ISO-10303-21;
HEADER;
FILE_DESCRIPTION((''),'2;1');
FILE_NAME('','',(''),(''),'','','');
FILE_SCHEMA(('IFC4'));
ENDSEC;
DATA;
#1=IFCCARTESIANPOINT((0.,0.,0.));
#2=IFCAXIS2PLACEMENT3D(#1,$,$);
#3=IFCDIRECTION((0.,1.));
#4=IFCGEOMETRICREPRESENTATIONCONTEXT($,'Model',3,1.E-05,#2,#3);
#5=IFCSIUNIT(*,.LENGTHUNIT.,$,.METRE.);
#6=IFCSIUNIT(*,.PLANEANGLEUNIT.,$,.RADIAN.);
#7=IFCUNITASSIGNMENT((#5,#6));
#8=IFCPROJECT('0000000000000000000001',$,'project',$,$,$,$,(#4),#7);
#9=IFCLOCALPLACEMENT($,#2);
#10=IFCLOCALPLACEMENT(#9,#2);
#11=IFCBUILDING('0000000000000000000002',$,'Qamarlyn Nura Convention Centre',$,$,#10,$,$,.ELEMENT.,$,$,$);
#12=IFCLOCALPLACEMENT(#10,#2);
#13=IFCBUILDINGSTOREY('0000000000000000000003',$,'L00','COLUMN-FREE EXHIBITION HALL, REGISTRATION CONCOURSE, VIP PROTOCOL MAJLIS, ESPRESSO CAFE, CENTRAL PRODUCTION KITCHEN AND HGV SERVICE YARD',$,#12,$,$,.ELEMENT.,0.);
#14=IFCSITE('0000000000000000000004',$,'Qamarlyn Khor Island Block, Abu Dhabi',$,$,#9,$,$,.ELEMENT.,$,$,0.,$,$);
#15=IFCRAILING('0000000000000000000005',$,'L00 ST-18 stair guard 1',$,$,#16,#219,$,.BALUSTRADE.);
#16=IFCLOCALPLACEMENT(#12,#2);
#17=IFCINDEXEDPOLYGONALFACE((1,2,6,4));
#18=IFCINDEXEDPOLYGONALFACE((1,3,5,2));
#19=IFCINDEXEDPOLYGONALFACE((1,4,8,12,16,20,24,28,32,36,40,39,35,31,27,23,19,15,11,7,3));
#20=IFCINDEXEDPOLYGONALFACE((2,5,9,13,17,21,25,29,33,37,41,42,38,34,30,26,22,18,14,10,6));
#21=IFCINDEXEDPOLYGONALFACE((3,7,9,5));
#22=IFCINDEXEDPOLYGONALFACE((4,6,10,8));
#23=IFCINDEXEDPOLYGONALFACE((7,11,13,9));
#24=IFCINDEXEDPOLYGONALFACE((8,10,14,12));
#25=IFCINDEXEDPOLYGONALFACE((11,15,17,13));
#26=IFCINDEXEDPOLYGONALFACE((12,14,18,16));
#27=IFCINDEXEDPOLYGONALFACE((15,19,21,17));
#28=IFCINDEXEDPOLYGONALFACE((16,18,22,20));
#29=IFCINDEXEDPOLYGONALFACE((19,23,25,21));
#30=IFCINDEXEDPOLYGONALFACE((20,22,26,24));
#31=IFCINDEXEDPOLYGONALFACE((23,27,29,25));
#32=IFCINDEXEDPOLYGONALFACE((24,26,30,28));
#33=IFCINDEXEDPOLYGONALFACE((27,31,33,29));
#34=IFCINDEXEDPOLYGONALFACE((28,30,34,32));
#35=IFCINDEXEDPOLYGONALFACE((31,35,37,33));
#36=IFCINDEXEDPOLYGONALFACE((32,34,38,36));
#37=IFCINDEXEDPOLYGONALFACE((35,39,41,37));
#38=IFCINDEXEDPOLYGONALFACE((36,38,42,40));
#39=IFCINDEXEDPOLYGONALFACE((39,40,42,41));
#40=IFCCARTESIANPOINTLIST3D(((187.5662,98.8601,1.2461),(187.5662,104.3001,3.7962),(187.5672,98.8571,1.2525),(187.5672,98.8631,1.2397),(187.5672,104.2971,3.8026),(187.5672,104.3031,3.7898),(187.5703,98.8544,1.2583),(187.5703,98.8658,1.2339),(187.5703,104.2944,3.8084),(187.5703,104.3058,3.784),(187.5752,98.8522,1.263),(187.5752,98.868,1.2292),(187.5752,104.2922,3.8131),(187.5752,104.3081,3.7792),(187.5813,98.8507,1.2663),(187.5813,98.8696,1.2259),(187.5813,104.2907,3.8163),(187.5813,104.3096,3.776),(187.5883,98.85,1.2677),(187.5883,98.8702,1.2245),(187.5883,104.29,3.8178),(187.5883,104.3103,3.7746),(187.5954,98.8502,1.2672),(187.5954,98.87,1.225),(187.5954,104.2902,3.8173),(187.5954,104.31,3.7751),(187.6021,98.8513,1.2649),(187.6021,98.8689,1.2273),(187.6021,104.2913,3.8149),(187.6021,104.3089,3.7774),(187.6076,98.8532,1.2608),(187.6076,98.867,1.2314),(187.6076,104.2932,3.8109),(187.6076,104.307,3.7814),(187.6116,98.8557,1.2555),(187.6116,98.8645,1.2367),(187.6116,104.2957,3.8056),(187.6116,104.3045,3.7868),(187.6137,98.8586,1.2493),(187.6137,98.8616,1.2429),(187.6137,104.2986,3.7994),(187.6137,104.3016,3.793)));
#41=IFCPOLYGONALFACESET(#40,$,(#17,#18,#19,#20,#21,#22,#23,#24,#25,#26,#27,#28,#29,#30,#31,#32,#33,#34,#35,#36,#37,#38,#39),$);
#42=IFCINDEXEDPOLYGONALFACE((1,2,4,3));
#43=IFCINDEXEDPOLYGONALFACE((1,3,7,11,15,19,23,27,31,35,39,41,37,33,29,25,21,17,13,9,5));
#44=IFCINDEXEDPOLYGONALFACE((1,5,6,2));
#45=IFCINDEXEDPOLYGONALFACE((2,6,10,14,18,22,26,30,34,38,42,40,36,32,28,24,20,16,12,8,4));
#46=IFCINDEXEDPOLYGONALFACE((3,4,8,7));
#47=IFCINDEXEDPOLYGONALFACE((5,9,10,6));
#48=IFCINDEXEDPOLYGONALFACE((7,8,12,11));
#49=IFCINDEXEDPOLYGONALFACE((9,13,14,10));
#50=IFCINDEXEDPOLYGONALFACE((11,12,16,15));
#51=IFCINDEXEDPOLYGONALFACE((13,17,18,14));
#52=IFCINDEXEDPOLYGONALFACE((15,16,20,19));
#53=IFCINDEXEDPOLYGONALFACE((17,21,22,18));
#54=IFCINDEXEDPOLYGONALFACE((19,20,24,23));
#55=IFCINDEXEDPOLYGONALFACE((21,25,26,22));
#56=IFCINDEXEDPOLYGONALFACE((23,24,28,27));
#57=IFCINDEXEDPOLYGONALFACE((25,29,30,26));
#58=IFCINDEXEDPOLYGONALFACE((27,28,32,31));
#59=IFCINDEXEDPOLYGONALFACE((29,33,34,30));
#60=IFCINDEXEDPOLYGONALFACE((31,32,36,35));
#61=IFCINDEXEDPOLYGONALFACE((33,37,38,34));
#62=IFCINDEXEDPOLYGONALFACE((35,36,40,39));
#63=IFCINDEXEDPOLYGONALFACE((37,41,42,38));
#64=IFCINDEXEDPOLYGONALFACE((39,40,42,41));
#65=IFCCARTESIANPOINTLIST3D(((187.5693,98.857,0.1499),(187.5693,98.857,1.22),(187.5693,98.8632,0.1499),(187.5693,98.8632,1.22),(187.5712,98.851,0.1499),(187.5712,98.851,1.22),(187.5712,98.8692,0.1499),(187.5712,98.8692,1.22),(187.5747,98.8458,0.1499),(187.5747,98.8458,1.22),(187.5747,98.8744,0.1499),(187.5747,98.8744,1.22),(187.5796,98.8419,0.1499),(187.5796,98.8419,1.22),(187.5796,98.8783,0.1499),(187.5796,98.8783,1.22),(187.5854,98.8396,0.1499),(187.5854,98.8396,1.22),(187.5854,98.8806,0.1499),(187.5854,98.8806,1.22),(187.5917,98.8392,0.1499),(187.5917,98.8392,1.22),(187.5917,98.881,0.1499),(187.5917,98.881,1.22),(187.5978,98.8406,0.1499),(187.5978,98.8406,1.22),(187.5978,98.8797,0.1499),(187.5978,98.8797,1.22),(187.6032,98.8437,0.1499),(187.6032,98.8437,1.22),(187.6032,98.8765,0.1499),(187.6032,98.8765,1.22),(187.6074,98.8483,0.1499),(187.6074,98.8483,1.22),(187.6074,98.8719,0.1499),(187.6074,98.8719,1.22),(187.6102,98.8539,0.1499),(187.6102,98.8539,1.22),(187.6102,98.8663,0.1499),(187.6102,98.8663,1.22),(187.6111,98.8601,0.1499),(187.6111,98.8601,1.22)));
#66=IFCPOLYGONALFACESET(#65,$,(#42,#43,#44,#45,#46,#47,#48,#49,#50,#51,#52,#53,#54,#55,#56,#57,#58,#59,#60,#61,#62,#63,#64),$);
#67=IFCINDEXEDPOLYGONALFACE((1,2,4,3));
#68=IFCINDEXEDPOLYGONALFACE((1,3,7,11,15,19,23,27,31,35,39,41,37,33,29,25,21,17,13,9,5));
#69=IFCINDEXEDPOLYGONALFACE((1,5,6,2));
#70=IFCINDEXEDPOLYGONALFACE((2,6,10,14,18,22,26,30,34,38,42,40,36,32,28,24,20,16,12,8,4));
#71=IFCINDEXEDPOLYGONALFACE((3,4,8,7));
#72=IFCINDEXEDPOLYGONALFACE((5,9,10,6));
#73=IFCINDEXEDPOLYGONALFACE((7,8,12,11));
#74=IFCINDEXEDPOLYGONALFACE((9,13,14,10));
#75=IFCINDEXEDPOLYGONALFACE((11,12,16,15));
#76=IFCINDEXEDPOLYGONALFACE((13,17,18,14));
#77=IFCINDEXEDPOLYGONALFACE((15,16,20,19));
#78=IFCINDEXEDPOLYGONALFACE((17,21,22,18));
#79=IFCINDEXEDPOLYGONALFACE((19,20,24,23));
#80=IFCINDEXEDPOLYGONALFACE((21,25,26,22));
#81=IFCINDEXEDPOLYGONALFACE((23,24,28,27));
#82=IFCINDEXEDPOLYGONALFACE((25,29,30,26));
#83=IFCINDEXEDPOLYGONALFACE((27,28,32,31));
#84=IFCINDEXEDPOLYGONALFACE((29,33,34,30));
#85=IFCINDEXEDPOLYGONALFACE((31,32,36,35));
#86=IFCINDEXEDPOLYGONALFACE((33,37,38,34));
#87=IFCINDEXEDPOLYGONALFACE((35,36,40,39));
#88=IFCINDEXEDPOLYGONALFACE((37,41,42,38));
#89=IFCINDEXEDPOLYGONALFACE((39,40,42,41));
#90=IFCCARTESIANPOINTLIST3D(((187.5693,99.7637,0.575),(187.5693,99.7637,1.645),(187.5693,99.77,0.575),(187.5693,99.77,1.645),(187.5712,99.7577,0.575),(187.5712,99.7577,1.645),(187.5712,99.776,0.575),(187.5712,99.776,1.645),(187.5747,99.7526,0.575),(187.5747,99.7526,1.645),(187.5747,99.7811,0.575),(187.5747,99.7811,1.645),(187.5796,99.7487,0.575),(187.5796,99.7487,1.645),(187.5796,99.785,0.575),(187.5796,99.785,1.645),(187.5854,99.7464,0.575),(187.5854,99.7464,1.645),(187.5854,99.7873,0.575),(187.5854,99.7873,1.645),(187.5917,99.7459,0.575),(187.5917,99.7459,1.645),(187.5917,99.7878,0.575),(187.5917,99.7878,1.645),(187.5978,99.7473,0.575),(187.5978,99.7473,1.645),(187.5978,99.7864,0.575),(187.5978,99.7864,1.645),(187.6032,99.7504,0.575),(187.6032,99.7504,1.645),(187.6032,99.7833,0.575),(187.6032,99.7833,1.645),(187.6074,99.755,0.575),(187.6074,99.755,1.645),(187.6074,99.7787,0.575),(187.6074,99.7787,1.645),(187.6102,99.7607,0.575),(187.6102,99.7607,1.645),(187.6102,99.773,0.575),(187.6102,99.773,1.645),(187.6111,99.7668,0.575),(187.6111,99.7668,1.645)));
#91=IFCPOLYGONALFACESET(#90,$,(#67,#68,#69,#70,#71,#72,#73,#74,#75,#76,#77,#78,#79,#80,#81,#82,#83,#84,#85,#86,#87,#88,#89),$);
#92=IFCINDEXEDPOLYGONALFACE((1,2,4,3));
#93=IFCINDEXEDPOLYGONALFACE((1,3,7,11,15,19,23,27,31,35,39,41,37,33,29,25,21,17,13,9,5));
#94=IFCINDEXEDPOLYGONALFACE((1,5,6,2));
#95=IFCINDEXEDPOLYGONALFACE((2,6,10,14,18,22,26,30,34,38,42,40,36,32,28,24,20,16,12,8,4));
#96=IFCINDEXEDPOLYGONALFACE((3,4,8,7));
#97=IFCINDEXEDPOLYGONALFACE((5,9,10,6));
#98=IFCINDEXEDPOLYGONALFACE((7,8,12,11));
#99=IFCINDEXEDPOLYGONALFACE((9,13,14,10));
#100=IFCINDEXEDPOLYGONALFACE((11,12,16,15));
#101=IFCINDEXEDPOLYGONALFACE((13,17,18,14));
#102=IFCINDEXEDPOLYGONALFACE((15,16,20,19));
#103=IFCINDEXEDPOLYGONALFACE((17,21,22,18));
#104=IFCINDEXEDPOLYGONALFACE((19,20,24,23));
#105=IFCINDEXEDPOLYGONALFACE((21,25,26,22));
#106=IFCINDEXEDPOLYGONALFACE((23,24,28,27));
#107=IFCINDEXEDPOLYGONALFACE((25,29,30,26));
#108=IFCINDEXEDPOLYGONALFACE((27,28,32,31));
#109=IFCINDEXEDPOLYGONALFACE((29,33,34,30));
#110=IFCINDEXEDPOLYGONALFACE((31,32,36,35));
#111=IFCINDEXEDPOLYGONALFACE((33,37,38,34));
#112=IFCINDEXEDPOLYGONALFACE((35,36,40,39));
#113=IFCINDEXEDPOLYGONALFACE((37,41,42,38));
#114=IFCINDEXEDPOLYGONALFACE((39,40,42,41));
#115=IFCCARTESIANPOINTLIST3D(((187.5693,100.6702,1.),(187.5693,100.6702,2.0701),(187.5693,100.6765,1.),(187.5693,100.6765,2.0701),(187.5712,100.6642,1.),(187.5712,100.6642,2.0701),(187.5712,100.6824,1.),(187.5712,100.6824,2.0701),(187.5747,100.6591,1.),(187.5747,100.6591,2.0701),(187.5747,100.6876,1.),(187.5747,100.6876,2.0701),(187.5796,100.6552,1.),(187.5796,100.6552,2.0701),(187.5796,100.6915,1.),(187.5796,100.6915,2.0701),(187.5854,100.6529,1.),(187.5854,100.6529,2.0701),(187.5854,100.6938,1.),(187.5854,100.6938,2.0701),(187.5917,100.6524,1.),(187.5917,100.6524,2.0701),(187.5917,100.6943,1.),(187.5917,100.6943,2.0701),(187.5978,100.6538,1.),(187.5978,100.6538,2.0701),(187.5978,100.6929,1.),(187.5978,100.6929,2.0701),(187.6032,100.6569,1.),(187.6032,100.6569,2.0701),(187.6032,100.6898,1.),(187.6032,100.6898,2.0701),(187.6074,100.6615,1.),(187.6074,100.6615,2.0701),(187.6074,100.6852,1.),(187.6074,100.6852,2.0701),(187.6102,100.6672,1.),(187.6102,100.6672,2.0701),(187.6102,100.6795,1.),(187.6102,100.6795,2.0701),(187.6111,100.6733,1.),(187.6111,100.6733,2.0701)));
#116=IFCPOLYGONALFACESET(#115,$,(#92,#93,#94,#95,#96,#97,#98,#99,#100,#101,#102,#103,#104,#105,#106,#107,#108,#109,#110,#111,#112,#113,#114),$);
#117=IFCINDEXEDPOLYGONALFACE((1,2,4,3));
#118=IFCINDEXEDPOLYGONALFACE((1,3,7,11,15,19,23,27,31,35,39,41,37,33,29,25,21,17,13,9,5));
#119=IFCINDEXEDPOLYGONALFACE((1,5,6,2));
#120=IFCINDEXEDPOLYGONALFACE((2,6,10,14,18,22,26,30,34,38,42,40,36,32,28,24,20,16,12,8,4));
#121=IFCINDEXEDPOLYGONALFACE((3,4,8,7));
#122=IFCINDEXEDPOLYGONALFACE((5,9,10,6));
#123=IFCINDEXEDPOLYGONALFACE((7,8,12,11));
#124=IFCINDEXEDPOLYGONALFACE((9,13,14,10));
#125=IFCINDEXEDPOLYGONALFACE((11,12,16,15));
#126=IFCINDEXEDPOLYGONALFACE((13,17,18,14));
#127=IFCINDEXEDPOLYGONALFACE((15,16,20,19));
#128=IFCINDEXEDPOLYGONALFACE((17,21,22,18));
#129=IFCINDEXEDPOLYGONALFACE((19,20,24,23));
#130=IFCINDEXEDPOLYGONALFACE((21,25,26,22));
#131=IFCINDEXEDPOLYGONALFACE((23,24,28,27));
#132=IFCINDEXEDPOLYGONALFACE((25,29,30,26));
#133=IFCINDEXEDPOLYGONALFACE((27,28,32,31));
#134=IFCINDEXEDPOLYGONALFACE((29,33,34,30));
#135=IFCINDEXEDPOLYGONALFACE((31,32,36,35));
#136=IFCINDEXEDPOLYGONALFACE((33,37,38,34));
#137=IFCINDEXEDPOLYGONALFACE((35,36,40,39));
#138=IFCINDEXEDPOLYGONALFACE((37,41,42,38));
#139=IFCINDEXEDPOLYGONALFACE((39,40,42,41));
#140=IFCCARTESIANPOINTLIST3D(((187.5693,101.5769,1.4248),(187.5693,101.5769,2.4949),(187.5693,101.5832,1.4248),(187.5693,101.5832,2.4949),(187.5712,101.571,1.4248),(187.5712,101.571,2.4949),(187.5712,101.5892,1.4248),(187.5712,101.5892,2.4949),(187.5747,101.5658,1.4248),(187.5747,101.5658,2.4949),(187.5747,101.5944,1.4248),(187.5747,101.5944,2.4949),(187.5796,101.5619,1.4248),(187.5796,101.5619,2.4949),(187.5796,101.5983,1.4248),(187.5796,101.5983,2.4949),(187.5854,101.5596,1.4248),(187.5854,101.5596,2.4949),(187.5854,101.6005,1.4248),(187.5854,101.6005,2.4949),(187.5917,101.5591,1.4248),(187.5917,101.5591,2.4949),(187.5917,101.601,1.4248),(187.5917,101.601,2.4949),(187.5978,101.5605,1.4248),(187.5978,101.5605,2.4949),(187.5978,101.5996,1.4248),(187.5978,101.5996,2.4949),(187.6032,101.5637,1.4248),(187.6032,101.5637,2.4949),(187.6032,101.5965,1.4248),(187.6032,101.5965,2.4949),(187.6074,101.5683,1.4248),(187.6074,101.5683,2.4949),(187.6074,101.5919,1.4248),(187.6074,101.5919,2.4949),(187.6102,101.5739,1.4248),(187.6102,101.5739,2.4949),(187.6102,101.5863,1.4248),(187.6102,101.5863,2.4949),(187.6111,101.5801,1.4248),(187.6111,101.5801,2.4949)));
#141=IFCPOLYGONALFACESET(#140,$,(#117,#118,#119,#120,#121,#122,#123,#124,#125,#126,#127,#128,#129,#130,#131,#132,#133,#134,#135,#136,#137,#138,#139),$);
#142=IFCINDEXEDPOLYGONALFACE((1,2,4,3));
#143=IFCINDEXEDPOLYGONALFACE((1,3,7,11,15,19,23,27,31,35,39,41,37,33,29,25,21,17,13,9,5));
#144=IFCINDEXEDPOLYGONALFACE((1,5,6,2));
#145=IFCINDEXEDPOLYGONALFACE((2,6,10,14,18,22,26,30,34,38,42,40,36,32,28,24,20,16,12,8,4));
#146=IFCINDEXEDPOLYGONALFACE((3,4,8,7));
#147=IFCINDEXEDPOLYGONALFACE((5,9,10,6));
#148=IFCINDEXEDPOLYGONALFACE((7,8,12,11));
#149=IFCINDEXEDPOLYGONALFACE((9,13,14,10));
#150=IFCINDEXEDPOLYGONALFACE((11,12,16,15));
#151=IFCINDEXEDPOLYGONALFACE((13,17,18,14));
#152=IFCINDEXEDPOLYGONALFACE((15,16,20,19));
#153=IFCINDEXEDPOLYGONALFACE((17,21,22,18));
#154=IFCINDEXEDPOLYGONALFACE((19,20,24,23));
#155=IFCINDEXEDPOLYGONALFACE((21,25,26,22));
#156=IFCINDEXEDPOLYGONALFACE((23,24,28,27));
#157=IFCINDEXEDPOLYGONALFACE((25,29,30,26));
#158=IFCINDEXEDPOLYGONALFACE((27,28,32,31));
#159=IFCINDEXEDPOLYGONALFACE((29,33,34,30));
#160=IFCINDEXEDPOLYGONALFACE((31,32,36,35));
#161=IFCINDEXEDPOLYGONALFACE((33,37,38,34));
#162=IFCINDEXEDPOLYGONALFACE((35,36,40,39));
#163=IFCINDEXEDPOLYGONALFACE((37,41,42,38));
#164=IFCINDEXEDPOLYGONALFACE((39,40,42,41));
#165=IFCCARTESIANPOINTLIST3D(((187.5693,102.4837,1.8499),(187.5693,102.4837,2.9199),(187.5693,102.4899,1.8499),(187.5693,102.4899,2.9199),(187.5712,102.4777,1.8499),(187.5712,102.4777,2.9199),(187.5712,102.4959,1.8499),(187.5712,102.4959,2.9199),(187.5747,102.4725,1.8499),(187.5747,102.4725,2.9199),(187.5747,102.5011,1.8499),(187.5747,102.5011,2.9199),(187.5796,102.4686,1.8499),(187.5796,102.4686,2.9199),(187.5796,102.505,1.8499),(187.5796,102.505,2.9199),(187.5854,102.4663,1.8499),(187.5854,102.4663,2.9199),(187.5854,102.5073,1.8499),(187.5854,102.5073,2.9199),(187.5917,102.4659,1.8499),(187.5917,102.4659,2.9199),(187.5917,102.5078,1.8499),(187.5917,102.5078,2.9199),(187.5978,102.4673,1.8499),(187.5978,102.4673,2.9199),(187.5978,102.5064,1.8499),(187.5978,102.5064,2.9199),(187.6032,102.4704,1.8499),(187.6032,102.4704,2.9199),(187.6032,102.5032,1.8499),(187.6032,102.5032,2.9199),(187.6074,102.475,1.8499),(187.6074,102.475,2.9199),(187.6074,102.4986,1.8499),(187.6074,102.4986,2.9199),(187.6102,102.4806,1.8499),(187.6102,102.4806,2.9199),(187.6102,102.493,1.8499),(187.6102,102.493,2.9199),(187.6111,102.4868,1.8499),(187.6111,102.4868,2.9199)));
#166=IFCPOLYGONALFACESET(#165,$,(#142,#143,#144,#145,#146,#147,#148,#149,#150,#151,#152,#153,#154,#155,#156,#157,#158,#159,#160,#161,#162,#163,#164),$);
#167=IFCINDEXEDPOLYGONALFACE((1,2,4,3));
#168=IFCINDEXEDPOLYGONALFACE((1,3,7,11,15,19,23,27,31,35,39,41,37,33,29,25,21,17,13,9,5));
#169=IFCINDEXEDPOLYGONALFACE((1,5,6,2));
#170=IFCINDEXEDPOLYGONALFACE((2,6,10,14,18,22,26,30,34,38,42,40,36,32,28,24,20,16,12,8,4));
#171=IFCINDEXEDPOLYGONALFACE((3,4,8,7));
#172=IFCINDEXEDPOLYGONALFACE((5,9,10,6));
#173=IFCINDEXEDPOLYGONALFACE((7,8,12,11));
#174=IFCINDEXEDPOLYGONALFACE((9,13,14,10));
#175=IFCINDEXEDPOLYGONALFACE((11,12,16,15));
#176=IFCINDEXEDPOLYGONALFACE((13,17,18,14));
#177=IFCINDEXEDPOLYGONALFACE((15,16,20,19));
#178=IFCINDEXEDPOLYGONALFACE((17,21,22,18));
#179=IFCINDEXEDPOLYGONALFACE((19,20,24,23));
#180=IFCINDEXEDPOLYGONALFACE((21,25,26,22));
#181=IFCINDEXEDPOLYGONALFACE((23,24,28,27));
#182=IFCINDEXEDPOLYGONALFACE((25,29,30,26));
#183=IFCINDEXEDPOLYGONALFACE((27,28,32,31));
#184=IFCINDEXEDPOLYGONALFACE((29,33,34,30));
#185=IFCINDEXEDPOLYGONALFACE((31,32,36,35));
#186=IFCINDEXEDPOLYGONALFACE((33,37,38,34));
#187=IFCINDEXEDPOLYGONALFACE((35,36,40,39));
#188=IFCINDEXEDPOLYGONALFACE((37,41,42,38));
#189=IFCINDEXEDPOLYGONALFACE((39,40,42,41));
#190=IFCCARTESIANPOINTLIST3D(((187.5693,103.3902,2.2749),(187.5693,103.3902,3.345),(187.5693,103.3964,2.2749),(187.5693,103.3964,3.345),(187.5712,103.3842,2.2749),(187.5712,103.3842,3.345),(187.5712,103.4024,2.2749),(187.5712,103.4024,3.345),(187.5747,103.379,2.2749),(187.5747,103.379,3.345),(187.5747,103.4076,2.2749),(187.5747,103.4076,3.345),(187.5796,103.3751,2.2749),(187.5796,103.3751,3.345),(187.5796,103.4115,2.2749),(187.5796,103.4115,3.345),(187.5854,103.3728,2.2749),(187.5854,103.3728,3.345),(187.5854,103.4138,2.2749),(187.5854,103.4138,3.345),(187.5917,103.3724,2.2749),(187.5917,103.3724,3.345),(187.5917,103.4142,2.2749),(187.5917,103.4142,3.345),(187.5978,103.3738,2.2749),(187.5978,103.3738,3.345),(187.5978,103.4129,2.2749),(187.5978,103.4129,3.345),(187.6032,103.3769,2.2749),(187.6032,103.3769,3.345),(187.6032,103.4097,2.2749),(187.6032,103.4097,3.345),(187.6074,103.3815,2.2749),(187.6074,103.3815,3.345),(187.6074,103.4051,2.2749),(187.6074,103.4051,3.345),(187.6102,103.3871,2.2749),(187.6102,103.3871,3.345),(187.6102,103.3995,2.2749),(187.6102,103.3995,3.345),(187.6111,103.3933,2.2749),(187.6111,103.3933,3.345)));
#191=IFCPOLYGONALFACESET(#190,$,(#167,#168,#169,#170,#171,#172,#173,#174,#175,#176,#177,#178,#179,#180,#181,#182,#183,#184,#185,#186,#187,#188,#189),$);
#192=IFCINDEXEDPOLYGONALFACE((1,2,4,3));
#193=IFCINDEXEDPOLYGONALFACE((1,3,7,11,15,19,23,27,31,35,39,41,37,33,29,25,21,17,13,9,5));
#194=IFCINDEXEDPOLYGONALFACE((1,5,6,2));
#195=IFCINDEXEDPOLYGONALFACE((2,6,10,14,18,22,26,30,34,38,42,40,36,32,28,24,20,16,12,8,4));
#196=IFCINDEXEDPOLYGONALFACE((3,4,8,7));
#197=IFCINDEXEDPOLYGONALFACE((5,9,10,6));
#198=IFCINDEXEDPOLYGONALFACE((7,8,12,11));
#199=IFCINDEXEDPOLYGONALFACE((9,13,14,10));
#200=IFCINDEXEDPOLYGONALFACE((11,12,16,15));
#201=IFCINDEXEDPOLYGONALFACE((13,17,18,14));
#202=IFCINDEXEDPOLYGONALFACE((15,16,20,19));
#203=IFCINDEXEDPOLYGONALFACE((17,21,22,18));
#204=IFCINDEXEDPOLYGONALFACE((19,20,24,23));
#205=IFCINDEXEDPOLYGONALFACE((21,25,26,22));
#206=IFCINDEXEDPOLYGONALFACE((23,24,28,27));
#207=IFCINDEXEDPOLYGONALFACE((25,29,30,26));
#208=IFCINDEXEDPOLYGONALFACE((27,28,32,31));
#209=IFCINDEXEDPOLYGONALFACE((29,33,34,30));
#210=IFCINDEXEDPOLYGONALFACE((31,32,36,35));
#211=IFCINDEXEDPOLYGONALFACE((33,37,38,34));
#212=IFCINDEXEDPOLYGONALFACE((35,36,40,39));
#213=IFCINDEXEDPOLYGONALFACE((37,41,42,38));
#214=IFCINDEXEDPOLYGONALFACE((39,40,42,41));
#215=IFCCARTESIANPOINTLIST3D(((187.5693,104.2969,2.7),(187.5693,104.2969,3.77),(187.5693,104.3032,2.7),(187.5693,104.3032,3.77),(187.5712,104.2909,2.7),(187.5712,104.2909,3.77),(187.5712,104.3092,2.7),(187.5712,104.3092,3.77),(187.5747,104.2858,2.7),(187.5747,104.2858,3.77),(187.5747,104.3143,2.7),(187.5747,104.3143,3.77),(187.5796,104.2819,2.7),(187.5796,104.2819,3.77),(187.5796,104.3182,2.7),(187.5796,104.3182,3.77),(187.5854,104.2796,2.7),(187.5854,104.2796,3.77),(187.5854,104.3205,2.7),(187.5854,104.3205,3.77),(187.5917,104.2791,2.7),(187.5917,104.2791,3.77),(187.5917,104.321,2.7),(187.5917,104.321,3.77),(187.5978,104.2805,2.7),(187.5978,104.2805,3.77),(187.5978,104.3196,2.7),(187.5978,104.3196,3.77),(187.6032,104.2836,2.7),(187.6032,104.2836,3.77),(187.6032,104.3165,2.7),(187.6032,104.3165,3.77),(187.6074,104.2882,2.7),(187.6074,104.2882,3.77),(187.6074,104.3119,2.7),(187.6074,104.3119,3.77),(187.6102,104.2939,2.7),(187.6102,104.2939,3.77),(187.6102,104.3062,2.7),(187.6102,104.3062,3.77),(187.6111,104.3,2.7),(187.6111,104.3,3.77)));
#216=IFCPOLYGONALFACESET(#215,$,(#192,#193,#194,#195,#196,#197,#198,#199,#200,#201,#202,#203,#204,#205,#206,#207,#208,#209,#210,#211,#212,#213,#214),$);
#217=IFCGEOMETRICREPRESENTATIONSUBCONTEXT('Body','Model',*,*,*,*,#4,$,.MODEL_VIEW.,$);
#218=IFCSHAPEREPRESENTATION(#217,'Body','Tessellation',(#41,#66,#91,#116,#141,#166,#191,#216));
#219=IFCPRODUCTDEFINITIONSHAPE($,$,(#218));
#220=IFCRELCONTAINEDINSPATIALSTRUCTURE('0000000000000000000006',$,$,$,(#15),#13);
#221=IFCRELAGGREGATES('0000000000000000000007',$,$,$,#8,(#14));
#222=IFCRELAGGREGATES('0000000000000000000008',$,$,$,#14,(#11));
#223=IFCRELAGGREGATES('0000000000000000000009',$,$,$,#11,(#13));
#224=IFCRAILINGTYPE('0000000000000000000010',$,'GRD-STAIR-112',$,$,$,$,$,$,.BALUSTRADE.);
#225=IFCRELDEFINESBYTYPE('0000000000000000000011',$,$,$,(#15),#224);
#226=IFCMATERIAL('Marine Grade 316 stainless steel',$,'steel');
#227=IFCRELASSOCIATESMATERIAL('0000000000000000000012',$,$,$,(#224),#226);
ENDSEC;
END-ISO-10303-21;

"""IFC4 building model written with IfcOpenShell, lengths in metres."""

from ifc_helpers import new_model, si_unit, direction, frame, origin, origin_2d, place, context, subcontext, project, spatial, circle, extrude, material, type_object, element, save


model = new_model("IFC4")

# Units and contexts
model_context = context("Model", 3, precision=1e-05, world=origin(), true_north=direction((0.0, 1.0)))
body_context = subcontext(model_context, "Body", "Model", "MODEL_VIEW")
ifc_project = project(units=[si_unit("LENGTHUNIT", "METRE"), si_unit("PLANEANGLEUNIT", "RADIAN")], contexts=[model_context])

# Site, building, storey
site_placement = place(None, origin())
site = spatial("IfcSite", under=ifc_project, at=site_placement, Name="Qamarlyn Khor Island Block, Abu Dhabi", CompositionType="ELEMENT", RefElevation=0.0)
building_placement = place(site_placement, origin())
building = spatial("IfcBuilding", under=site, at=building_placement, Name="Qamarlyn Nura Convention Centre", CompositionType="ELEMENT")
storey_placement = place(building_placement, origin())
storey = spatial("IfcBuildingStorey", under=building, at=storey_placement, Name="L00", Description="COLUMN-FREE EXHIBITION HALL, REGISTRATION CONCOURSE, VIP PROTOCOL MAJLIS, ESPRESSO CAFE, CENTRAL PRODUCTION KITCHEN AND HGV SERVICE YARD", CompositionType="ELEMENT", Elevation=0.0)

# Railing
ifc_material_1 = material(Name="Marine Grade 316 stainless steel", Category="steel")
railing_type_1 = type_object("IfcRailingType", Name="GRD-STAIR-112", PredefinedType="BALUSTRADE", material=ifc_material_1)
railing_1_placement = place(storey_placement, frame((187.5901, 98.8601, 0.1499)))
element("IfcRailing", 1, at=railing_1_placement, inside=storey, type_object=railing_type_1, Name="L00 ST-18 stair guard 1", PredefinedType="BALUSTRADE", context=body_context, shape_type="SweptSolid", body=[
    extrude(circle(Radius=0.0239, at=origin_2d()), frame((0.0, 0.0, 1.0962), z_axis=(0.0, 0.905454, 0.424444), x_axis=(-1.0, 0.0, 0.0)), (0.0, 0.0, 1.0), 6.0081),
    extrude(circle(Radius=0.021, at=origin_2d()), origin(), (0.0, 0.0, 1.0), 1.0701),
    extrude(circle(Radius=0.021, at=origin_2d()), frame((0.0, 0.9067, 0.425)), (0.0, 0.0, 1.0), 1.0701),
    extrude(circle(Radius=0.021, at=origin_2d()), frame((0.0, 1.8132, 0.8501)), (0.0, 0.0, 1.0), 1.0701),
    extrude(circle(Radius=0.021, at=origin_2d()), frame((0.0, 2.72, 1.2749)), (0.0, 0.0, 1.0), 1.0701),
    extrude(circle(Radius=0.021, at=origin_2d()), frame((0.0, 3.6267, 1.7)), (0.0, 0.0, 1.0), 1.0701),
    extrude(circle(Radius=0.021, at=origin_2d()), frame((0.0, 4.5332, 2.125)), (0.0, 0.0, 1.0), 1.0701),
    extrude(circle(Radius=0.021, at=origin_2d()), frame((0.0, 5.4399, 2.55)), (0.0, 0.0, 1.0), 1.0701),
])

save(model, "model.ifc")
